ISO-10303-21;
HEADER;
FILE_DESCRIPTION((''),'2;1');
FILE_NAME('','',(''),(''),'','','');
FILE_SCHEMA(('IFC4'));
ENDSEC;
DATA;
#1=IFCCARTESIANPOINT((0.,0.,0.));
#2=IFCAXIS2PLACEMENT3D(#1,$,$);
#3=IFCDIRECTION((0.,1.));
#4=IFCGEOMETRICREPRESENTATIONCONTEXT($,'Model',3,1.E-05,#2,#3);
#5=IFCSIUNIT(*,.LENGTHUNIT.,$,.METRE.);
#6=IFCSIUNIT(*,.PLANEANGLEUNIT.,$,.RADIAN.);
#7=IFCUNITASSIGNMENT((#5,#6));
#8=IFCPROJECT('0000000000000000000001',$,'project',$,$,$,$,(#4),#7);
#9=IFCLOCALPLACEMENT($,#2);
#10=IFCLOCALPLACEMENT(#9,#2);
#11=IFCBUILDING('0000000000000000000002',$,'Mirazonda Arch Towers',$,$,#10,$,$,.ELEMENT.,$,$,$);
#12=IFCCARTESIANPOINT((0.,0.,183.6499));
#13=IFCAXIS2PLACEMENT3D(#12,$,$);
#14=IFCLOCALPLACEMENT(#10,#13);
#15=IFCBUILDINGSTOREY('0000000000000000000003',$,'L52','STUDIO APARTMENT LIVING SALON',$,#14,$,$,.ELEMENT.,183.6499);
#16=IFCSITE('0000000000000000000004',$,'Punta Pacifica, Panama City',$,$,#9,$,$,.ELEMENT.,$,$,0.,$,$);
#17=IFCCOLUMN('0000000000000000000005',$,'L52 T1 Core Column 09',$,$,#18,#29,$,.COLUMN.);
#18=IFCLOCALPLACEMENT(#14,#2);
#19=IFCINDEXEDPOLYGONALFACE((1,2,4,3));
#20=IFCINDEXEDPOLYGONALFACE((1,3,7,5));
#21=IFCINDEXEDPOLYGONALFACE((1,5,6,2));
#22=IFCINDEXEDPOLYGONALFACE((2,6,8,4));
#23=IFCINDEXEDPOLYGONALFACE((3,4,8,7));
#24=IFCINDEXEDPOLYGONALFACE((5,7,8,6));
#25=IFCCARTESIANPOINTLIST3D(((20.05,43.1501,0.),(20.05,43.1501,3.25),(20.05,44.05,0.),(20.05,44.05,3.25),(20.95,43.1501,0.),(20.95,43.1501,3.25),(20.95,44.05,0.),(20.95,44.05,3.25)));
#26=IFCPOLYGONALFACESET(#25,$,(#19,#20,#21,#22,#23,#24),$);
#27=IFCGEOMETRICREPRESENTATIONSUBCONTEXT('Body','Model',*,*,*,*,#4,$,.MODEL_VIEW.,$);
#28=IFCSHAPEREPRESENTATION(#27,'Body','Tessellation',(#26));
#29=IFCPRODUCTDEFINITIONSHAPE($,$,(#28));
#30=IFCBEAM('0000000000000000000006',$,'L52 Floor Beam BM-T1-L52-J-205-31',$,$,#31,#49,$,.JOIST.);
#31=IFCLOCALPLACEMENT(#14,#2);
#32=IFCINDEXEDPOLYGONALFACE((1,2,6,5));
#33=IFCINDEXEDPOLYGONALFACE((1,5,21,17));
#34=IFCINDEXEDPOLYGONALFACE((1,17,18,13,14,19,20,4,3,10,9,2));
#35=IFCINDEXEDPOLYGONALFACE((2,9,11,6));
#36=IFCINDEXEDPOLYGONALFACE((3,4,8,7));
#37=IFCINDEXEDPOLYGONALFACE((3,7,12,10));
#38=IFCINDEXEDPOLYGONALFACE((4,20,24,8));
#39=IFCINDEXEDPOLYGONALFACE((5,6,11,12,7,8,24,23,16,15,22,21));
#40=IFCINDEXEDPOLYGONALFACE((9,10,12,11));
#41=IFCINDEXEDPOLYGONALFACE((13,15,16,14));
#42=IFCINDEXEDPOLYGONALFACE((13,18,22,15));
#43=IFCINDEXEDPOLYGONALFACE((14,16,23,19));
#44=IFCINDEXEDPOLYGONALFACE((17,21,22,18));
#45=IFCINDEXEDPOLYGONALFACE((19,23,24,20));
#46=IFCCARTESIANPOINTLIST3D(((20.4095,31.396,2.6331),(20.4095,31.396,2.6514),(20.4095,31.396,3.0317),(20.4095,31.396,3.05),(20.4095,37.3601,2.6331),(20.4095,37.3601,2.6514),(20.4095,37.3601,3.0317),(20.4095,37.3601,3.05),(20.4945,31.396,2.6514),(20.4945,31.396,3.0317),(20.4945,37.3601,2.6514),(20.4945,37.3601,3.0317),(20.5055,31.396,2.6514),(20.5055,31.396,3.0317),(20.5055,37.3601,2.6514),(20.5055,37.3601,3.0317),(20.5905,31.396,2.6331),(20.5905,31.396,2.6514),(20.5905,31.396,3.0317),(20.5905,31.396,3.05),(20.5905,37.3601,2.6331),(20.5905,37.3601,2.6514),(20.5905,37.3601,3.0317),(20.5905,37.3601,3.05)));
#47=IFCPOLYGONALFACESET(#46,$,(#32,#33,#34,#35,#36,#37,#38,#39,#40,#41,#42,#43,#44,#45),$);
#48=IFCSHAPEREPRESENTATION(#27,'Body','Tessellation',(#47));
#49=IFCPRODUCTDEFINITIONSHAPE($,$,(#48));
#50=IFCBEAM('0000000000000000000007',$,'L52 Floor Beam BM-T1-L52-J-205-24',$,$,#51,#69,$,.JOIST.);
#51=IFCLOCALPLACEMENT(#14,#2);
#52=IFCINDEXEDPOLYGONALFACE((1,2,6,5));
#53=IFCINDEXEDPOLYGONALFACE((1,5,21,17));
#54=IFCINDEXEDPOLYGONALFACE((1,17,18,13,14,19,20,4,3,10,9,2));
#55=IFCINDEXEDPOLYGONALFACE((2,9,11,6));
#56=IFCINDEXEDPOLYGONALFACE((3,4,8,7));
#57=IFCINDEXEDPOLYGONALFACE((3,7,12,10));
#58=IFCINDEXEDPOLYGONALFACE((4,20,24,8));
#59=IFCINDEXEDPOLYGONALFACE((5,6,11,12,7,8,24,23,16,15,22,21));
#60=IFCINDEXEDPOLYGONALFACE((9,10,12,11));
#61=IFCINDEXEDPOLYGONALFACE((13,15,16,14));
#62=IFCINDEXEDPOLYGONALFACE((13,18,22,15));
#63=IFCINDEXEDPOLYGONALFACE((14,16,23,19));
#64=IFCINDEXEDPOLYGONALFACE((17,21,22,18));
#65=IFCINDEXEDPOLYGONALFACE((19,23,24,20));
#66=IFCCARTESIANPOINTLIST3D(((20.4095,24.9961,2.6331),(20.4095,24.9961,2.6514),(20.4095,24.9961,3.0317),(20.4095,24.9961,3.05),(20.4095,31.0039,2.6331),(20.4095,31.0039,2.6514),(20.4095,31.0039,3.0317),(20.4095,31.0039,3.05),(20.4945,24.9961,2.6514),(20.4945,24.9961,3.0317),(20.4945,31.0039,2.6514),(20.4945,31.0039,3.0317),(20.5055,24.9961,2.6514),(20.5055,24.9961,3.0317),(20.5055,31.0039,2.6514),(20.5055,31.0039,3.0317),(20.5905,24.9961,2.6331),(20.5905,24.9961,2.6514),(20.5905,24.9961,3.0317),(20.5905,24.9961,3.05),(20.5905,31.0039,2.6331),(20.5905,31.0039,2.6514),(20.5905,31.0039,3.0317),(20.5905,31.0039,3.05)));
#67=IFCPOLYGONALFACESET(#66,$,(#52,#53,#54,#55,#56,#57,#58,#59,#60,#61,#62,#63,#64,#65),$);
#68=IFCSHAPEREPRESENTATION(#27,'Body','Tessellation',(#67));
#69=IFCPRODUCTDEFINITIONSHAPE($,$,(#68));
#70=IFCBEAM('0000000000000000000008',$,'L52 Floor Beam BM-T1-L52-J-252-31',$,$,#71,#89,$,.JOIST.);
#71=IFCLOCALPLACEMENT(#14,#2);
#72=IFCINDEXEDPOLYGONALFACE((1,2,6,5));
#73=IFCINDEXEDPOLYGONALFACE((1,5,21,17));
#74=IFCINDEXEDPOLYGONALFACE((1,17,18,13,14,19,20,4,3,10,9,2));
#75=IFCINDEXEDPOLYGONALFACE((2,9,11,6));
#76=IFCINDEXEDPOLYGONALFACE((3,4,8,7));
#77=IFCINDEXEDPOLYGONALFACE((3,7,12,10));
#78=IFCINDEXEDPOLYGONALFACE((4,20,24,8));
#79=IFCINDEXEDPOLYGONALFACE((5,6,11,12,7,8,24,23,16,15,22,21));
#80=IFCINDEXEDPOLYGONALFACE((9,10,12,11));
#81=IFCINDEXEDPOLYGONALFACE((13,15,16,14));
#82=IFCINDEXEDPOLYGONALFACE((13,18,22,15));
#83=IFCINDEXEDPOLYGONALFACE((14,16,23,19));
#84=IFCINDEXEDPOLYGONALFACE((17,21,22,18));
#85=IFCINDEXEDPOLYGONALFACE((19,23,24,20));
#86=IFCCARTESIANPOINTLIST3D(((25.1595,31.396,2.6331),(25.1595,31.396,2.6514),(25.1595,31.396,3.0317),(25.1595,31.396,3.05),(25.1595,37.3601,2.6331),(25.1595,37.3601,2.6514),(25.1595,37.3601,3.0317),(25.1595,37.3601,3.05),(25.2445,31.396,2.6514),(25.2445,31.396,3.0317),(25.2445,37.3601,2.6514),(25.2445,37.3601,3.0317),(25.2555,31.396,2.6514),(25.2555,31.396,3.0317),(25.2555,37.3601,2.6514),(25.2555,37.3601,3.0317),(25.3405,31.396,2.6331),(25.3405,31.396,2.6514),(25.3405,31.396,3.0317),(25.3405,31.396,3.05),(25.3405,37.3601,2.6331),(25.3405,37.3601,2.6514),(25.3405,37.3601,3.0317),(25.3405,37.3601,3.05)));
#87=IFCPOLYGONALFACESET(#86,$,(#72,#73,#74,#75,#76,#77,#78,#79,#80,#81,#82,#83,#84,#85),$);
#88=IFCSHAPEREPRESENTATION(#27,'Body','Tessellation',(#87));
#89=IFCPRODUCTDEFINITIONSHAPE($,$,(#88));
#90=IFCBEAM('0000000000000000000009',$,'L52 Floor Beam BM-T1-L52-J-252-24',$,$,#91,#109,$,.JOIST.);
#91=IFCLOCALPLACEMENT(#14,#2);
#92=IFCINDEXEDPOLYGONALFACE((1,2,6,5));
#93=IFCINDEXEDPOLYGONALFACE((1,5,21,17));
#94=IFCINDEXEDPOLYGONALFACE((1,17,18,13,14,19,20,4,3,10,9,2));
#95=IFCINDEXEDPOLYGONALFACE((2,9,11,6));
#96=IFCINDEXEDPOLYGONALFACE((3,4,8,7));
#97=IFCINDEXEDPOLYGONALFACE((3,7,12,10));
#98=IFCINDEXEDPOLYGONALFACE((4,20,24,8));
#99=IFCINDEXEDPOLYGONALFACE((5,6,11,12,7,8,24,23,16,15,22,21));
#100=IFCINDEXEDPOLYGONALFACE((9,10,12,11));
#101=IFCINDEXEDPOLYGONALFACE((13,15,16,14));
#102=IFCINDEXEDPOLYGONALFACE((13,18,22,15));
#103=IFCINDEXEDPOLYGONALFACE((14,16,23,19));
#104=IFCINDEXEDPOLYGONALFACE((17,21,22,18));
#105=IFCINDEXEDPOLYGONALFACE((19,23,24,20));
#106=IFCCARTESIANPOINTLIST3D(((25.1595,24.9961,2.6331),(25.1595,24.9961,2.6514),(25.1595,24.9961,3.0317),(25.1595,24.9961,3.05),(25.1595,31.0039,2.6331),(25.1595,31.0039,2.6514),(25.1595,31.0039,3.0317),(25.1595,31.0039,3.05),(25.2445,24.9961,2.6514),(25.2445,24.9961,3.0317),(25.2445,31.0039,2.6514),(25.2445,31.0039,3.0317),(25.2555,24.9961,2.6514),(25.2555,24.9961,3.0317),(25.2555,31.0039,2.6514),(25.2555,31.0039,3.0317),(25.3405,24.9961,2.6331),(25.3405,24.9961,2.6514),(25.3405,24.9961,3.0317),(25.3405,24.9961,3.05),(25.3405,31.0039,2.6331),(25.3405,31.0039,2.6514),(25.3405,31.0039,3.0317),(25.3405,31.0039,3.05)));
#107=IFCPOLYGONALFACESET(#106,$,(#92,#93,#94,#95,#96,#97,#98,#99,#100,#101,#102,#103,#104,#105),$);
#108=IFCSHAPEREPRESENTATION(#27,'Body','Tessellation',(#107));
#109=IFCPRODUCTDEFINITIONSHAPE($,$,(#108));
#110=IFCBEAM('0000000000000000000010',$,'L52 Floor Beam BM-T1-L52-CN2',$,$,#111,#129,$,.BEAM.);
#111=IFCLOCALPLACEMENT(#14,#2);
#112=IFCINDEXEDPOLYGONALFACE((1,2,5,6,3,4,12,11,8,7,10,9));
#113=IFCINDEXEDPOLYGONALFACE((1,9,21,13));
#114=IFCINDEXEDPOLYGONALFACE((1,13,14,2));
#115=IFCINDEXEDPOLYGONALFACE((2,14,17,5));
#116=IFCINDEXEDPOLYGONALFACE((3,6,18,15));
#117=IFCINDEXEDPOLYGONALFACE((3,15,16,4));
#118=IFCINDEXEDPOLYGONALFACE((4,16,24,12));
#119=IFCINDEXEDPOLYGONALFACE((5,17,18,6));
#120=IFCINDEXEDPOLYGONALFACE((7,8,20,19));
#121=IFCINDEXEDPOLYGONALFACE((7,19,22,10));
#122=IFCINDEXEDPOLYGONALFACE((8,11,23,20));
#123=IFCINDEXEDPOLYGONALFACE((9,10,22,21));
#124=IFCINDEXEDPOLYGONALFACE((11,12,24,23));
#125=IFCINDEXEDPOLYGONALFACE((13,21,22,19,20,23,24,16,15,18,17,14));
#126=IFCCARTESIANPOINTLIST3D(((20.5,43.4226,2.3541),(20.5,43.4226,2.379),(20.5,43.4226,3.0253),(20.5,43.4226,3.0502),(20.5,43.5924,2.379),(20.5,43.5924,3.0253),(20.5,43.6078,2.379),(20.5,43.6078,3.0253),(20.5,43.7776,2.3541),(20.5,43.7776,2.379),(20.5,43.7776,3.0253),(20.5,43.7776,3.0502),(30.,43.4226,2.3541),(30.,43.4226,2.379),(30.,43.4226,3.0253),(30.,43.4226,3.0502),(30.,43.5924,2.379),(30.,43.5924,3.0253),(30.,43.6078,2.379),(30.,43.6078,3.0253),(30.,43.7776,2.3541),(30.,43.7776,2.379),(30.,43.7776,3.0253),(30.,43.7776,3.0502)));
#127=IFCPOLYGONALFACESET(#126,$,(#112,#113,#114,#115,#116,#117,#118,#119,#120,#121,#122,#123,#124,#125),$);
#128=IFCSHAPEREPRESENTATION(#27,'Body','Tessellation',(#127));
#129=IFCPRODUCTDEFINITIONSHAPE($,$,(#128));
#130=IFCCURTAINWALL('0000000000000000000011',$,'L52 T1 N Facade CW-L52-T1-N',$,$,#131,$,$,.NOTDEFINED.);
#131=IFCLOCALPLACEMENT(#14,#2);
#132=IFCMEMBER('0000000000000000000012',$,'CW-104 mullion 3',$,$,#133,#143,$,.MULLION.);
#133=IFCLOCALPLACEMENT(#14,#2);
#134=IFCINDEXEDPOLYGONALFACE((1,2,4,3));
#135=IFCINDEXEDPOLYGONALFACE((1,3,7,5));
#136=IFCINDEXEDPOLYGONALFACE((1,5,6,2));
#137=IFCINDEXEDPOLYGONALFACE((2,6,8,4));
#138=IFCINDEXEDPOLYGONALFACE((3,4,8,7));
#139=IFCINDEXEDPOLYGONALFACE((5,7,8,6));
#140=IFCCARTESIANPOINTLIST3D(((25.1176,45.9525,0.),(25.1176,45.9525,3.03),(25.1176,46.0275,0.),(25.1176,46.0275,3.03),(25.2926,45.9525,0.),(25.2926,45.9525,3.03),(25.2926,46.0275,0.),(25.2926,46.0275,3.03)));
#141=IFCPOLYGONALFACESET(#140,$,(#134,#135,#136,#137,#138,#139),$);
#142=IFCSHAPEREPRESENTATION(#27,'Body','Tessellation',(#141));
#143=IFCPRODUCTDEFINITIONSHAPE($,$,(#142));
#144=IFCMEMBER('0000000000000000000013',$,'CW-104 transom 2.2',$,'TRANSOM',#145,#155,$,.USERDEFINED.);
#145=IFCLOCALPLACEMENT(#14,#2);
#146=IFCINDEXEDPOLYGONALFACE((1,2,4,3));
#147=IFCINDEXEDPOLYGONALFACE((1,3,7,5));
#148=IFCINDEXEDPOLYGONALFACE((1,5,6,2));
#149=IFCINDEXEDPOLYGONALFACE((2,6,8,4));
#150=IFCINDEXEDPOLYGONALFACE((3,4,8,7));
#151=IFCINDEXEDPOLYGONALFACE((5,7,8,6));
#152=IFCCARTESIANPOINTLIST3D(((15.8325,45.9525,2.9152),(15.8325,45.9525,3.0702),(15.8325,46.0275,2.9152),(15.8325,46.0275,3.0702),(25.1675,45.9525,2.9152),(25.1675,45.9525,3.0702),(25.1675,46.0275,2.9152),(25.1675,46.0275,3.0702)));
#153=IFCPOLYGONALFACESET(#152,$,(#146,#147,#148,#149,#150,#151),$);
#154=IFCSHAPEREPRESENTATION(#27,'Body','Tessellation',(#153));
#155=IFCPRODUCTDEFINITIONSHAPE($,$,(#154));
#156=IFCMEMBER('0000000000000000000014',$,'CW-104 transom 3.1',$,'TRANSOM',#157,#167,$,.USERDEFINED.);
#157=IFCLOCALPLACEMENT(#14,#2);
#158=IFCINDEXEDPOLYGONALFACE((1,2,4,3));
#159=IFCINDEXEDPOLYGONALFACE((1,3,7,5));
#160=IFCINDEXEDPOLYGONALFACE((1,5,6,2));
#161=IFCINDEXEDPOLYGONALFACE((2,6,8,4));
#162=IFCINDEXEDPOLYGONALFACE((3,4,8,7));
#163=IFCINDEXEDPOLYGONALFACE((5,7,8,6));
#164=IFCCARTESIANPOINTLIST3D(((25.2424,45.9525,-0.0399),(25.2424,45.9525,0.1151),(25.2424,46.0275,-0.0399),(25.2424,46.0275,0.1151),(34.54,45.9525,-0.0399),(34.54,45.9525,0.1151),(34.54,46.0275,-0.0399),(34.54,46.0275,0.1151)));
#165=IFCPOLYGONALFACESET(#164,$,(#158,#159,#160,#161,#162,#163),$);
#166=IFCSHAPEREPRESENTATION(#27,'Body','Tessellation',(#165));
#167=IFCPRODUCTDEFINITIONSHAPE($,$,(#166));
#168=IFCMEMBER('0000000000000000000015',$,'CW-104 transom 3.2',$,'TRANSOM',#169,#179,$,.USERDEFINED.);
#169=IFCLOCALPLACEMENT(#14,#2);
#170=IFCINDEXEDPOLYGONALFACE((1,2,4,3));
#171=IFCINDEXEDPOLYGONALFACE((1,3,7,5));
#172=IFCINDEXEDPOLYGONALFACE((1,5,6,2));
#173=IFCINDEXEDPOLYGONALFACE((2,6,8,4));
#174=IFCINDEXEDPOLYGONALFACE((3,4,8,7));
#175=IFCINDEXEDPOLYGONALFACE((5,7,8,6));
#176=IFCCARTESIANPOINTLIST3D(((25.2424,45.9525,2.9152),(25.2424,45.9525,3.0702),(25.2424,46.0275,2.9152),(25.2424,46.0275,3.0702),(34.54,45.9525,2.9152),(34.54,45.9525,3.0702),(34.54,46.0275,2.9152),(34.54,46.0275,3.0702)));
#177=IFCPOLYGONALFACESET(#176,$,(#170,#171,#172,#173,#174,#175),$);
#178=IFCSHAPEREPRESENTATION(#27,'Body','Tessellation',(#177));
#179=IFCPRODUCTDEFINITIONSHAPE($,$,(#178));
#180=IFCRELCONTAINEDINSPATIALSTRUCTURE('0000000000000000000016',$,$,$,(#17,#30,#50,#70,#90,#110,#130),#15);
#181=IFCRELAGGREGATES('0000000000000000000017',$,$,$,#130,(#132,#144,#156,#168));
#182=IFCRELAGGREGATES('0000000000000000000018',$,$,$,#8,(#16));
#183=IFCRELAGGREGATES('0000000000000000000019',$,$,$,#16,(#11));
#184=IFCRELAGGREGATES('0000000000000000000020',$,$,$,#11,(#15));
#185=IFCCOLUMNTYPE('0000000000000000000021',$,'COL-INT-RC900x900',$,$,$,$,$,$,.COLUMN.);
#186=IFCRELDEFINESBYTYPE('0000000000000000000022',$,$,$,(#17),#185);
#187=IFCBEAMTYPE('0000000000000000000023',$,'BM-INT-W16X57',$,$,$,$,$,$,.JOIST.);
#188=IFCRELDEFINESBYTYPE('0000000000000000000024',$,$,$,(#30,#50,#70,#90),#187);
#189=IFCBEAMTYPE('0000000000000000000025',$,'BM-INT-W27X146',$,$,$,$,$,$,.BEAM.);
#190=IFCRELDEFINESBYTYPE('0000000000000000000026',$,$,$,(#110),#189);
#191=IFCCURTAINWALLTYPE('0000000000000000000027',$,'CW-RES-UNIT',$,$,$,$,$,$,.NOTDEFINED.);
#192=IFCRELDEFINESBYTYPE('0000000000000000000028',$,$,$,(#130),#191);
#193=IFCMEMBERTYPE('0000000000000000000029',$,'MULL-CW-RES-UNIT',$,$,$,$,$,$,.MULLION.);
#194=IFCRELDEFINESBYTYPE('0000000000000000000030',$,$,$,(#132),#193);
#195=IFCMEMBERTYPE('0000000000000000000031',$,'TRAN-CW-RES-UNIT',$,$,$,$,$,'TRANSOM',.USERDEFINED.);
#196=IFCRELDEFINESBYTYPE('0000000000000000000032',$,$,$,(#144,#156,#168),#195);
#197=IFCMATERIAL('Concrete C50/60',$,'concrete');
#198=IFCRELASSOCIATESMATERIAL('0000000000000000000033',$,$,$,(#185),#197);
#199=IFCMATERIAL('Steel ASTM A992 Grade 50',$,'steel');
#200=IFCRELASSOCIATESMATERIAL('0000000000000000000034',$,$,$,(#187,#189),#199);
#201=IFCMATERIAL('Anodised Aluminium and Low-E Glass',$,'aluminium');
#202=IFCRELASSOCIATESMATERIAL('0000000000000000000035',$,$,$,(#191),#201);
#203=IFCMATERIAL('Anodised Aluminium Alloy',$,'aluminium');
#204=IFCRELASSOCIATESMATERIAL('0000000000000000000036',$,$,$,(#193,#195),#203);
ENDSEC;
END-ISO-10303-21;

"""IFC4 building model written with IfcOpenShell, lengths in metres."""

from ifc_helpers import new_model, si_unit, direction, frame, origin, origin_2d, place, context, subcontext, project, spatial, rectangle, i_section, extrude, material, material_profile, profile_set, type_object, element, aggregate, save


model = new_model("IFC4")

# Units and contexts
model_context = context("Model", 3, precision=1e-05, world=origin(), true_north=direction((0.0, 1.0)))
body_context = subcontext(model_context, "Body", "Model", "MODEL_VIEW")
ifc_project = project(units=[si_unit("LENGTHUNIT", "METRE"), si_unit("PLANEANGLEUNIT", "RADIAN")], contexts=[model_context])

# Site, building, storey
site_placement = place(None, origin())
site = spatial("IfcSite", under=ifc_project, at=site_placement, Name="Punta Pacifica, Panama City", CompositionType="ELEMENT", RefElevation=0.0)
building_placement = place(site_placement, origin())
building = spatial("IfcBuilding", under=site, at=building_placement, Name="Mirazonda Arch Towers", CompositionType="ELEMENT")
storey_placement = place(building_placement, frame((0.0, 0.0, 183.6499)))
storey = spatial("IfcBuildingStorey", under=building, at=storey_placement, Name="L52", Description="STUDIO APARTMENT LIVING SALON", CompositionType="ELEMENT", Elevation=183.6499)

# Column
ifc_material_1 = material(Name="Concrete C50/60", Category="concrete")
ifc_material_profile_1 = material_profile(ifc_material_1, rectangle(XDim=0.8999, YDim=0.8999, at=origin_2d()), Name="RC900x900")
ifc_profile_set_1 = profile_set([ifc_material_profile_1], Name="Concrete C50/60")
column_type = type_object("IfcColumnType", Name="COL-INT-RC900x900", PredefinedType="COLUMN", material=ifc_profile_set_1)
column_placement = place(storey_placement, frame((20.5, 43.6001, 0.0), z_axis=(0.0, 0.0, 1.0), x_axis=(1.0, 0.0, 0.0)))
element("IfcColumn", 1, at=column_placement, inside=storey, type_object=column_type, Name="L52 T1 Core Column 09", PredefinedType="COLUMN", context=body_context, shape_type="SweptSolid", body=[
    extrude(rectangle(XDim=0.8999, YDim=0.8999, at=origin_2d()), origin(), (0.0, 0.0, 1.0), 3.25),
])

# Beams
ifc_material_2 = material(Name="Steel ASTM A992 Grade 50", Category="steel")
ifc_material_profile_2 = material_profile(ifc_material_2, i_section(OverallWidth=0.1809, OverallDepth=0.417, WebThickness=0.011, FlangeThickness=0.0183, at=origin_2d()), Name="W16X57")
ifc_profile_set_2 = profile_set([ifc_material_profile_2], Name="Steel ASTM A992 Grade 50")
beam_type_1 = type_object("IfcBeamType", Name="BM-INT-W16X57", PredefinedType="JOIST", material=ifc_profile_set_2)
beam_1_placement = place(storey_placement, frame((20.5, 31.396, 2.8416), z_axis=(0.0, 1.0, 0.0), x_axis=(-1.0, 0.0, 0.0)))
element("IfcBeam", 2, at=beam_1_placement, inside=storey, type_object=beam_type_1, Name="L52 Floor Beam BM-T1-L52-J-205-31", PredefinedType="JOIST", context=body_context, shape_type="SweptSolid", body=[
    extrude(i_section(OverallWidth=0.1809, OverallDepth=0.417, WebThickness=0.011, FlangeThickness=0.0183, at=origin_2d()), origin(), (0.0, 0.0, 1.0), 5.9641),
])
beam_2_placement = place(storey_placement, frame((20.5, 24.9961, 2.8416), z_axis=(0.0, 1.0, 0.0), x_axis=(-1.0, 0.0, 0.0)))
element("IfcBeam", 3, at=beam_2_placement, inside=storey, type_object=beam_type_1, Name="L52 Floor Beam BM-T1-L52-J-205-24", PredefinedType="JOIST", context=body_context, shape_type="SweptSolid", body=[
    extrude(i_section(OverallWidth=0.1809, OverallDepth=0.417, WebThickness=0.011, FlangeThickness=0.0183, at=origin_2d()), origin(), (0.0, 0.0, 1.0), 6.0078),
])
beam_3_placement = place(storey_placement, frame((25.25, 31.396, 2.8416), z_axis=(0.0, 1.0, 0.0), x_axis=(-1.0, 0.0, 0.0)))
element("IfcBeam", 4, at=beam_3_placement, inside=storey, type_object=beam_type_1, Name="L52 Floor Beam BM-T1-L52-J-252-31", PredefinedType="JOIST", context=body_context, shape_type="SweptSolid", body=[
    extrude(i_section(OverallWidth=0.1809, OverallDepth=0.417, WebThickness=0.011, FlangeThickness=0.0183, at=origin_2d()), origin(), (0.0, 0.0, 1.0), 5.9641),
])
beam_4_placement = place(storey_placement, frame((25.25, 24.9961, 2.8416), z_axis=(0.0, 1.0, 0.0), x_axis=(-1.0, 0.0, 0.0)))
element("IfcBeam", 5, at=beam_4_placement, inside=storey, type_object=beam_type_1, Name="L52 Floor Beam BM-T1-L52-J-252-24", PredefinedType="JOIST", context=body_context, shape_type="SweptSolid", body=[
    extrude(i_section(OverallWidth=0.1809, OverallDepth=0.417, WebThickness=0.011, FlangeThickness=0.0183, at=origin_2d()), origin(), (0.0, 0.0, 1.0), 6.0078),
])
ifc_material_profile_3 = material_profile(ifc_material_2, i_section(OverallWidth=0.355, OverallDepth=0.696, WebThickness=0.0154, FlangeThickness=0.0249, at=origin_2d()), Name="W27X146")
ifc_profile_set_3 = profile_set([ifc_material_profile_3], Name="Steel ASTM A992 Grade 50")
beam_type_2 = type_object("IfcBeamType", Name="BM-INT-W27X146", PredefinedType="BEAM", material=ifc_profile_set_3)
beam_5_placement = place(storey_placement, frame((20.5, 43.6001, 2.7021), z_axis=(1.0, 0.0, 0.0), x_axis=(0.0, 1.0, 0.0)))
element("IfcBeam", 6, at=beam_5_placement, inside=storey, type_object=beam_type_2, Name="L52 Floor Beam BM-T1-L52-CN2", PredefinedType="BEAM", context=body_context, shape_type="SweptSolid", body=[
    extrude(i_section(OverallWidth=0.355, OverallDepth=0.696, WebThickness=0.0154, FlangeThickness=0.0249, at=origin_2d()), origin(), (0.0, 0.0, 1.0), 9.5),
])

# Curtain wall, members
ifc_material_3 = material(Name="Anodised Aluminium and Low-E Glass", Category="aluminium")
curtain_wall_type = type_object("IfcCurtainWallType", Name="CW-RES-UNIT", PredefinedType="NOTDEFINED", material=ifc_material_3)
curtain_wall_placement = place(storey_placement, origin())
curtain_wall = element("IfcCurtainWall", 7, at=curtain_wall_placement, inside=storey, type_object=curtain_wall_type, Name="L52 T1 N Facade CW-L52-T1-N", PredefinedType="NOTDEFINED")
ifc_material_4 = material(Name="Anodised Aluminium Alloy", Category="aluminium")
ifc_material_profile_4 = material_profile(ifc_material_4, rectangle(XDim=0.075, YDim=0.175, at=origin_2d()), Name="ALU-MULL-75x175")
ifc_profile_set_4 = profile_set([ifc_material_profile_4], Name="Anodised Aluminium Alloy")
member_type_1 = type_object("IfcMemberType", Name="MULL-CW-RES-UNIT", PredefinedType="MULLION", material=ifc_profile_set_4)
member_1_placement = place(storey_placement, frame((25.2051, 45.99, 0.0), z_axis=(0.0, 0.0, 1.0), x_axis=(0.0, 1.0, 0.0)))
member_1 = element("IfcMember", 8, at=member_1_placement, type_object=member_type_1, Name="CW-104 mullion 3", PredefinedType="MULLION", context=body_context, shape_type="SweptSolid", body=[
    extrude(rectangle(XDim=0.075, YDim=0.175, at=origin_2d()), origin(), (0.0, 0.0, 1.0), 3.03),
])
ifc_material_profile_5 = material_profile(ifc_material_4, rectangle(XDim=0.075, YDim=0.155, at=origin_2d()), Name="ALU-TRAN-75x155")
ifc_profile_set_5 = profile_set([ifc_material_profile_5], Name="Anodised Aluminium Alloy")
member_type_2 = type_object("IfcMemberType", Name="TRAN-CW-RES-UNIT", ElementType="TRANSOM", PredefinedType="USERDEFINED", material=ifc_profile_set_5)
member_2_placement = place(storey_placement, frame((15.8325, 45.99, 2.9927), z_axis=(1.0, 0.0, 0.0), x_axis=(0.0, 1.0, 0.0)))
member_2 = element("IfcMember", 9, at=member_2_placement, type_object=member_type_2, Name="CW-104 transom 2.2", ObjectType="TRANSOM", PredefinedType="USERDEFINED", context=body_context, shape_type="SweptSolid", body=[
    extrude(rectangle(XDim=0.075, YDim=0.155, at=origin_2d()), origin(), (0.0, 0.0, 1.0), 9.335),
])
member_3_placement = place(storey_placement, frame((25.2424, 45.99, 0.0376), z_axis=(1.0, 0.0, 0.0), x_axis=(0.0, 1.0, 0.0)))
member_3 = element("IfcMember", 10, at=member_3_placement, type_object=member_type_2, Name="CW-104 transom 3.1", ObjectType="TRANSOM", PredefinedType="USERDEFINED", context=body_context, shape_type="SweptSolid", body=[
    extrude(rectangle(XDim=0.075, YDim=0.155, at=origin_2d()), origin(), (0.0, 0.0, 1.0), 9.2976),
])
member_4_placement = place(storey_placement, frame((25.2424, 45.99, 2.9927), z_axis=(1.0, 0.0, 0.0), x_axis=(0.0, 1.0, 0.0)))
member_4 = element("IfcMember", 11, at=member_4_placement, type_object=member_type_2, Name="CW-104 transom 3.2", ObjectType="TRANSOM", PredefinedType="USERDEFINED", context=body_context, shape_type="SweptSolid", body=[
    extrude(rectangle(XDim=0.075, YDim=0.155, at=origin_2d()), origin(), (0.0, 0.0, 1.0), 9.2976),
])
aggregate(curtain_wall, [member_1, member_2, member_3, member_4])

save(model, "model.ifc")
